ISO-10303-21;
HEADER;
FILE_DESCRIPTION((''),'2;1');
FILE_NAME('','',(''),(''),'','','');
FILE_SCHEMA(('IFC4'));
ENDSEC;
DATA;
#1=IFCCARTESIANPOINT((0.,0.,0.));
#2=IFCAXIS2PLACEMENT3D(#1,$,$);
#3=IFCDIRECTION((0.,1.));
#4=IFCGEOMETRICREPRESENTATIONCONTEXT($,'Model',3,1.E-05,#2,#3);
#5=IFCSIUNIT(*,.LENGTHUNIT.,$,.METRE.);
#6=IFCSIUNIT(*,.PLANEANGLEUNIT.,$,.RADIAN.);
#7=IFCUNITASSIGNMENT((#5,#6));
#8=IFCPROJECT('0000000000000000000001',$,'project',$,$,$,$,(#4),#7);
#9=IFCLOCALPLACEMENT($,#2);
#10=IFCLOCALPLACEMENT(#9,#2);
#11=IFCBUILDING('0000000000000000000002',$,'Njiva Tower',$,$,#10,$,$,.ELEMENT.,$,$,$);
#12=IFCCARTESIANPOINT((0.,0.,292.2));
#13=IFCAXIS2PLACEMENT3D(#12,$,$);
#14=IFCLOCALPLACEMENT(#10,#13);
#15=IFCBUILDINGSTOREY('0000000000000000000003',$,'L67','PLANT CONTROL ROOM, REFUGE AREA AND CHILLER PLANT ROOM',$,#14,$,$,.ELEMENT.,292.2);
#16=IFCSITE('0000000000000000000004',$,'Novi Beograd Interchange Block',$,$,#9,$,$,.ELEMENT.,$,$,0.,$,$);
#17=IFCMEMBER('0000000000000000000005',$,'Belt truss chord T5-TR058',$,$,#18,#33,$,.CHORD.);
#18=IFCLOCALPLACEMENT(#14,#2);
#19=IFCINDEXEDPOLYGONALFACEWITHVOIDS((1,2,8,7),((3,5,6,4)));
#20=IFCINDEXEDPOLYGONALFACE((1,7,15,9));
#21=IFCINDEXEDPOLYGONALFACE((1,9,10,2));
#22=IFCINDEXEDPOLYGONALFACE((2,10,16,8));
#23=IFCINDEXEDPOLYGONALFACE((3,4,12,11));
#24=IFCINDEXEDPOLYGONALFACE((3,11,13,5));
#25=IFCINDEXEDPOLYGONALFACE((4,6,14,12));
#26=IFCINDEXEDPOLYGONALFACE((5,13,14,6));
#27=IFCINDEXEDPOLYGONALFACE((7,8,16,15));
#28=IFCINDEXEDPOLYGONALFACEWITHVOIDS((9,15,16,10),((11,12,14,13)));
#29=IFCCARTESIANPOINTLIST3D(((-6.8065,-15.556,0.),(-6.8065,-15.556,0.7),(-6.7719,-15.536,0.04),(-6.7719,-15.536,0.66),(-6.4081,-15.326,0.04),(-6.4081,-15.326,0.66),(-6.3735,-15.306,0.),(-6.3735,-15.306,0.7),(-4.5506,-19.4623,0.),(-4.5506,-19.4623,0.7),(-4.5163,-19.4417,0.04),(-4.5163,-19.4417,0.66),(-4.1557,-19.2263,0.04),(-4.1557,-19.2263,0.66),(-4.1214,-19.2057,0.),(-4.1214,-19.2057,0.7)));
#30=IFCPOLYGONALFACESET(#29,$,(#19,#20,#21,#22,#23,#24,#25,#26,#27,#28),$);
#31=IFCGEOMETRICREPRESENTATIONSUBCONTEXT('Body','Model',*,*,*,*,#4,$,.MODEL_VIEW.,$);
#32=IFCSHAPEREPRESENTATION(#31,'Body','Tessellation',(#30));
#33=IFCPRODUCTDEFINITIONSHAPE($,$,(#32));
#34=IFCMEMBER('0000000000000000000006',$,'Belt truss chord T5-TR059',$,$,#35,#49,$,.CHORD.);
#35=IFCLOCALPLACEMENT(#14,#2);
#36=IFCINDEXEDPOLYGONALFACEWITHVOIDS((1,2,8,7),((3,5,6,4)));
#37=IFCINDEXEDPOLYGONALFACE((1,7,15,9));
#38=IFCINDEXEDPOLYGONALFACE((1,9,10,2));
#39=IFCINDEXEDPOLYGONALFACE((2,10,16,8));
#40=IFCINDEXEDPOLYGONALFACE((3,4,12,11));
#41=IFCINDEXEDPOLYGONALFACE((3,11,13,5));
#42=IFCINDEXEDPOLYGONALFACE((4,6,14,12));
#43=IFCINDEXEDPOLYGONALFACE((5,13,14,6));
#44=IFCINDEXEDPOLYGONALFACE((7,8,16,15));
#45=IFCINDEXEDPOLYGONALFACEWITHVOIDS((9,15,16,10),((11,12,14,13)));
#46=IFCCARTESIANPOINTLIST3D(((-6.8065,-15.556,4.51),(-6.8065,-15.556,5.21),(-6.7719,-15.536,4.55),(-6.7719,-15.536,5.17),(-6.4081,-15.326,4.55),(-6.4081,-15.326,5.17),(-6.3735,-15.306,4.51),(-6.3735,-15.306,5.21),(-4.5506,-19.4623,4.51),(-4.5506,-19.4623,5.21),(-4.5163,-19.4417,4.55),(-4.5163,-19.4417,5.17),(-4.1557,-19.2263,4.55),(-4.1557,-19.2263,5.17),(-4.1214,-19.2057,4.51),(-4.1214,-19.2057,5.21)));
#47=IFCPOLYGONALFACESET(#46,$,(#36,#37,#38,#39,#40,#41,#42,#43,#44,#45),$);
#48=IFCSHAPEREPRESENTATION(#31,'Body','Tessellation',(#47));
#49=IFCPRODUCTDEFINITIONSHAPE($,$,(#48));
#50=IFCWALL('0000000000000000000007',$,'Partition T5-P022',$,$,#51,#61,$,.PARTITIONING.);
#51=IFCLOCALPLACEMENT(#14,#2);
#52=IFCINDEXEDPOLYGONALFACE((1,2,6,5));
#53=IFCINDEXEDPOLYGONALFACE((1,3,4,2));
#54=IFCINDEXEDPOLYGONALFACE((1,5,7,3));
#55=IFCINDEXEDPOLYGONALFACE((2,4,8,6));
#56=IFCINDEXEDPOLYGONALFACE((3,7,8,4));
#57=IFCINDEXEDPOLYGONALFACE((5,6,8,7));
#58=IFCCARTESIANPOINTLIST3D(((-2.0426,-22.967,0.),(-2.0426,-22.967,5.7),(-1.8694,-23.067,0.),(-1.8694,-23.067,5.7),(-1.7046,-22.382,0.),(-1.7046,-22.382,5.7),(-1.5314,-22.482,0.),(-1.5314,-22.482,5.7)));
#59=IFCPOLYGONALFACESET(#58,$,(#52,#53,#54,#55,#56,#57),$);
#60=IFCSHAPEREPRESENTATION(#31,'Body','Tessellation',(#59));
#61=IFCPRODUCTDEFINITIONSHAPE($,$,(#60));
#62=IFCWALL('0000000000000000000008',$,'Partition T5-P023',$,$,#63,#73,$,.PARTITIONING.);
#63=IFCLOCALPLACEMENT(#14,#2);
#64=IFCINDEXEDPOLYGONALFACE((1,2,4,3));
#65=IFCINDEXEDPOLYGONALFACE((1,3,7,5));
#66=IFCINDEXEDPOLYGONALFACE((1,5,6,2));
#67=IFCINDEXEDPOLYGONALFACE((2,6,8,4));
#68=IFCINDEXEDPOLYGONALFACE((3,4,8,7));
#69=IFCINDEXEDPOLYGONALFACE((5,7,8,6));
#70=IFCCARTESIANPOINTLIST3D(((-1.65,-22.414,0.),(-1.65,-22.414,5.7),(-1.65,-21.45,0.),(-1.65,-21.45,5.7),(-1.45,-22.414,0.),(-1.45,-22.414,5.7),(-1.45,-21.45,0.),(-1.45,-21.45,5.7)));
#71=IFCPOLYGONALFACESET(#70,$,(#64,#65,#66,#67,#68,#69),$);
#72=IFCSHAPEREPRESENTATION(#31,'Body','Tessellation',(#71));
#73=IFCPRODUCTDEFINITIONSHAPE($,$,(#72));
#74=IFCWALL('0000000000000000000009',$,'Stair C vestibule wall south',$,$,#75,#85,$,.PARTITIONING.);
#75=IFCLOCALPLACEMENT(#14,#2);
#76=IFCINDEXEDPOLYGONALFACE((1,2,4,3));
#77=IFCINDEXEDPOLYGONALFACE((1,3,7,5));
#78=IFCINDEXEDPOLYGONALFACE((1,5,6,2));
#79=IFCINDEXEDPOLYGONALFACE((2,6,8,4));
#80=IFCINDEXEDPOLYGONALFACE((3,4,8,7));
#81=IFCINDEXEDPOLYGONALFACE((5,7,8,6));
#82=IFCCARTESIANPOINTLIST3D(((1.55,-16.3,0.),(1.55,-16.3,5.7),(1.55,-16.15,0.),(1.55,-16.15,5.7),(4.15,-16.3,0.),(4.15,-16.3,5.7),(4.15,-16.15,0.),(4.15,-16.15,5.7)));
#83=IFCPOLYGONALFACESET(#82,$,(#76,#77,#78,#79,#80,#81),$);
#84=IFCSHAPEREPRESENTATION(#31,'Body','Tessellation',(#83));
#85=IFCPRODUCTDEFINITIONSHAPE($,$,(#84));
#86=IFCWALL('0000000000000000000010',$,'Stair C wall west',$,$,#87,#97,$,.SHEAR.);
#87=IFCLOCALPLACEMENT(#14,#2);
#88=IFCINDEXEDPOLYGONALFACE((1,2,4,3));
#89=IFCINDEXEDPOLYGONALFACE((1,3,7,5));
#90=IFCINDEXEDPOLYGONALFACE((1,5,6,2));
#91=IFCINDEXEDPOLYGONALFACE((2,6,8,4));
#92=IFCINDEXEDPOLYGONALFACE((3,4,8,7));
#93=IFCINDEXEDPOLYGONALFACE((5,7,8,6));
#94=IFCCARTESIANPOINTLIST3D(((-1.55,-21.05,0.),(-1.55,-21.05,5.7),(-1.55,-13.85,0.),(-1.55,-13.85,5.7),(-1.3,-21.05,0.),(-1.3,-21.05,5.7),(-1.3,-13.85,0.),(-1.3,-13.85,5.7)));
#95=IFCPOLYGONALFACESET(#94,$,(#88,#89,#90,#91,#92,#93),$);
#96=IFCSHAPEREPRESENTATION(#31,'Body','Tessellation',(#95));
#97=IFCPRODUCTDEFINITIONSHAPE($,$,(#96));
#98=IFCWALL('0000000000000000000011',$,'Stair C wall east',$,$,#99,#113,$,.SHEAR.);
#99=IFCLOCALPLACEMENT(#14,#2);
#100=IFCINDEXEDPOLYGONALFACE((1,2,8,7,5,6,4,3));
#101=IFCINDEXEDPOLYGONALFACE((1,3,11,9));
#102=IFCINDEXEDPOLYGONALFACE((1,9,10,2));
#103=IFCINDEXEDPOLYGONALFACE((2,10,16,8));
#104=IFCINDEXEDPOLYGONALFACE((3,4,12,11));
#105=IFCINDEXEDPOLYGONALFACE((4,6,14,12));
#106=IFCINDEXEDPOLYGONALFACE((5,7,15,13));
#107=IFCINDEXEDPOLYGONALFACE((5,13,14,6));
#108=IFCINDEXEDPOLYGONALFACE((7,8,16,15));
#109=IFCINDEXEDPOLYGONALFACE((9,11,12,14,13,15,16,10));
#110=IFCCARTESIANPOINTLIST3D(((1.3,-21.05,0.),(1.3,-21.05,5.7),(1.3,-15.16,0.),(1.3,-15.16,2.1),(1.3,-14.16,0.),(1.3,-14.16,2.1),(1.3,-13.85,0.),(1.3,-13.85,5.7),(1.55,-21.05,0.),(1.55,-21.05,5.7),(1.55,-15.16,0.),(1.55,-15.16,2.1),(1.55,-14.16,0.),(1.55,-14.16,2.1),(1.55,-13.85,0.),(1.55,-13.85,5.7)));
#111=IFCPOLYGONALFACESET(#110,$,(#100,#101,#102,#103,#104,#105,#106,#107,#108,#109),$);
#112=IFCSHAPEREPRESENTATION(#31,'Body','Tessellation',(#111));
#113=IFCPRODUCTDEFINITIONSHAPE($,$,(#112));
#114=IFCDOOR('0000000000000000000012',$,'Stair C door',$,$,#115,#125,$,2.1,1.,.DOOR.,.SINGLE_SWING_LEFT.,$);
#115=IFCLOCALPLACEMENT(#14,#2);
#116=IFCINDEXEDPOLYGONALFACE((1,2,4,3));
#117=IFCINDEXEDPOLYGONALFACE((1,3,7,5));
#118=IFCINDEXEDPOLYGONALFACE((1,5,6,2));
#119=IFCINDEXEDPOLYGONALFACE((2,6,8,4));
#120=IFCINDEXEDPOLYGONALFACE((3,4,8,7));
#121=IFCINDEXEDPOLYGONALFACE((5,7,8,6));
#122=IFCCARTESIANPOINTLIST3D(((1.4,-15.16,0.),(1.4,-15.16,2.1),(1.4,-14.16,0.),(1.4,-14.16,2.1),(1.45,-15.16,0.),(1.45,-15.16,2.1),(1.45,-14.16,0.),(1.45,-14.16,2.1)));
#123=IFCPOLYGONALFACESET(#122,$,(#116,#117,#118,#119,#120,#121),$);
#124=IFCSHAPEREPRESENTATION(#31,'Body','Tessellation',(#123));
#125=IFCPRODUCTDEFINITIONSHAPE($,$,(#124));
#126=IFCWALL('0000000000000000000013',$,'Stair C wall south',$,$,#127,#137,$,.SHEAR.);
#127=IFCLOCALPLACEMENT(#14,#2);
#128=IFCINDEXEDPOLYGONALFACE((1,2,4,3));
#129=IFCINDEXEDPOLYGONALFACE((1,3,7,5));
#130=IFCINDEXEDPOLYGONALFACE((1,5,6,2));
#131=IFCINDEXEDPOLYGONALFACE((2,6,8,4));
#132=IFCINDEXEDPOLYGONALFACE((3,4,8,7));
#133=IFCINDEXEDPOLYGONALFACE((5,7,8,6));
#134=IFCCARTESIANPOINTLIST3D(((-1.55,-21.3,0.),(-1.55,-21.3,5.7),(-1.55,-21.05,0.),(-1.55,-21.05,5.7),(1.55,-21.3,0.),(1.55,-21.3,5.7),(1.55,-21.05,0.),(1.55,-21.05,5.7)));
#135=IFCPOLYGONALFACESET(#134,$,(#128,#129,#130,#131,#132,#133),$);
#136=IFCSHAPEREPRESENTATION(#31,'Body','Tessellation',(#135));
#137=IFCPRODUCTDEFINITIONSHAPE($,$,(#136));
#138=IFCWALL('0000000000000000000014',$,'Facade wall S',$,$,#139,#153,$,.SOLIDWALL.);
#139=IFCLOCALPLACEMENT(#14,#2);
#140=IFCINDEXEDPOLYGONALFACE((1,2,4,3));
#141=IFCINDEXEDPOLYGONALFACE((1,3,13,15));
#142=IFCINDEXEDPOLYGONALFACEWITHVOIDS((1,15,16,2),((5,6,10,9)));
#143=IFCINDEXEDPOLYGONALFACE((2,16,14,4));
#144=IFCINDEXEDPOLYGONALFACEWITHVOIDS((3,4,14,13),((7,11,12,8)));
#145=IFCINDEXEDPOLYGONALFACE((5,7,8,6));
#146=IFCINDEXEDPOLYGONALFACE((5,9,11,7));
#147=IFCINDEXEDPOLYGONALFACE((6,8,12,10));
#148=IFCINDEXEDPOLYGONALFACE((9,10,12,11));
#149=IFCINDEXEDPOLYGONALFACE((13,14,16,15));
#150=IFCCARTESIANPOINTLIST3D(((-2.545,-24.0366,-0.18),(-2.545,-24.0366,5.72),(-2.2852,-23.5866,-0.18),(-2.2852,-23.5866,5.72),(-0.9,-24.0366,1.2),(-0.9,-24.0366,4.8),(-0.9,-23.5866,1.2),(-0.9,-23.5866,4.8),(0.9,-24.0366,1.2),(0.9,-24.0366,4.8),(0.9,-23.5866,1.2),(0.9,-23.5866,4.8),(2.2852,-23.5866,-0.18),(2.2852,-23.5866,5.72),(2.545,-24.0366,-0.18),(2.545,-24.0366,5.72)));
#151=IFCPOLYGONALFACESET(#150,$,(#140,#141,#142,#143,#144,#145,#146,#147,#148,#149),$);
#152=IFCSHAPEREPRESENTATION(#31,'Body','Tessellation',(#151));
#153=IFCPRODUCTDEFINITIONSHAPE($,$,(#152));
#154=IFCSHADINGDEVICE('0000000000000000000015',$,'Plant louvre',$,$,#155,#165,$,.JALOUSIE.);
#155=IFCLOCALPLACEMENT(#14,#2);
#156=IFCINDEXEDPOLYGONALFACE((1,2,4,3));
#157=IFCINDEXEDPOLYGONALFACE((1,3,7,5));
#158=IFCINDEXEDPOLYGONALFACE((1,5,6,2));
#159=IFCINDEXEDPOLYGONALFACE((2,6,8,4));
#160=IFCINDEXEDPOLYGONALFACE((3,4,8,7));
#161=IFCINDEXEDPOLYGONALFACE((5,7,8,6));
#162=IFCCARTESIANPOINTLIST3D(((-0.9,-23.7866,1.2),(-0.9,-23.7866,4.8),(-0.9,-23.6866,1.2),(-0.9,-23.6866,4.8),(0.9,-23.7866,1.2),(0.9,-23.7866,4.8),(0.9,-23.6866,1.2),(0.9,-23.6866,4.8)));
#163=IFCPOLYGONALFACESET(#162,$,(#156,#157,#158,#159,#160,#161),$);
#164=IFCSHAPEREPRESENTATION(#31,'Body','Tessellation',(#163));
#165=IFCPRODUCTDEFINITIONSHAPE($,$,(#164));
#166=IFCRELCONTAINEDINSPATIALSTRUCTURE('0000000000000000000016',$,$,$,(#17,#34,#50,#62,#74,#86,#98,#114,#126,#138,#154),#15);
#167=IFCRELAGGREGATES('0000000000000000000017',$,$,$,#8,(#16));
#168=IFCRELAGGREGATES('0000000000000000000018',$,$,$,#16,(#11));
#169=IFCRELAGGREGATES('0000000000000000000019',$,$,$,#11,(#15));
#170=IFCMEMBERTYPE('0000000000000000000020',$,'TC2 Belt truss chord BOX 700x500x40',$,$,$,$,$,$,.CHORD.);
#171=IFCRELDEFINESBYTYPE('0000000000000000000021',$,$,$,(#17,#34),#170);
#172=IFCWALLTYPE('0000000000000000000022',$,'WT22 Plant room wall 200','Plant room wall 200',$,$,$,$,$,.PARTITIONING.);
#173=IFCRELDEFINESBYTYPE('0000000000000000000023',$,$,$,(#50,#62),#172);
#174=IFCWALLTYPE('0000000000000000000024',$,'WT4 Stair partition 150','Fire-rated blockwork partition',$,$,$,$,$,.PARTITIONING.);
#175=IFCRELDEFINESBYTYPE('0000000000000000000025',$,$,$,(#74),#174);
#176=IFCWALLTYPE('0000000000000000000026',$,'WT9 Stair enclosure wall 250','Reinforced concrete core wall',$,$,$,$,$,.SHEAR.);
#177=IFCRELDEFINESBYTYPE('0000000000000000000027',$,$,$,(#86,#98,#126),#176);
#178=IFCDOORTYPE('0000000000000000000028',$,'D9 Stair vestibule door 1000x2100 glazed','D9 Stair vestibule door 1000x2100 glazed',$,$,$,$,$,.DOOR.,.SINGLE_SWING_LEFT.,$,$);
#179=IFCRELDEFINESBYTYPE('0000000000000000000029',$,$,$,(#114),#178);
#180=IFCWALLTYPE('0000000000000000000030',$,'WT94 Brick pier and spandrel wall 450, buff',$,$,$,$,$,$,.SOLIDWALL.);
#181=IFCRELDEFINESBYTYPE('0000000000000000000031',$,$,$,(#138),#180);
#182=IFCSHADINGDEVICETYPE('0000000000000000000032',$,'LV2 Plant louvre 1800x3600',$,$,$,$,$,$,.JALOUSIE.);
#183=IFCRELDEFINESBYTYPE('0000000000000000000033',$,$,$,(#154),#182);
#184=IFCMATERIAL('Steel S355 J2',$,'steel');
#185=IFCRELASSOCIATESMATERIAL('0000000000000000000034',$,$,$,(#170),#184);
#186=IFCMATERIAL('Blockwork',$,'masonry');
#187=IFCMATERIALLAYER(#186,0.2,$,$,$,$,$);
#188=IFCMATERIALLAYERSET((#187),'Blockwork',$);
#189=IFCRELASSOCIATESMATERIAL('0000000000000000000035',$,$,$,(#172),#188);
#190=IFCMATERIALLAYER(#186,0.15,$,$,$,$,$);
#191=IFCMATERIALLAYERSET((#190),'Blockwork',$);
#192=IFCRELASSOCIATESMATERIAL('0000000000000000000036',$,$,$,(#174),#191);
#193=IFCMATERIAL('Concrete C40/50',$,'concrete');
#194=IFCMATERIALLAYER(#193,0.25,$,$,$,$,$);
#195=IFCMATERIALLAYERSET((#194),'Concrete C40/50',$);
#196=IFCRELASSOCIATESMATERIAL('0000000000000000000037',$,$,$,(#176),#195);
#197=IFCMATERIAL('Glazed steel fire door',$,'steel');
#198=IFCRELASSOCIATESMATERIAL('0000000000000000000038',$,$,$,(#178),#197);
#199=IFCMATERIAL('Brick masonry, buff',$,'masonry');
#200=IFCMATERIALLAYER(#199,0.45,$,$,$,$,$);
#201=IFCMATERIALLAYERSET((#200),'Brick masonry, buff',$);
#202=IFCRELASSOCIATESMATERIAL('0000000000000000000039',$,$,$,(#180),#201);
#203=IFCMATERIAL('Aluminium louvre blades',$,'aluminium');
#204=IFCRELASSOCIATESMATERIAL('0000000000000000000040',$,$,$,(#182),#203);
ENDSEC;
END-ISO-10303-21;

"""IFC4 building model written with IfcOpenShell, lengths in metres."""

from ifc_helpers import new_model, si_unit, direction, frame, frame_2d, origin, origin_2d, place, context, subcontext, project, spatial, polyline, rectangle, hollow_rectangle, outline, extrude, clip, halfspace, material, layer, layer_set, material_profile, profile_set, type_object, element, fill, save


model = new_model("IFC4")

# Units and contexts
model_context = context("Model", 3, precision=1e-05, world=origin(), true_north=direction((0.0, 1.0)))
body_context = subcontext(model_context, "Body", "Model", "MODEL_VIEW")
ifc_project = project(units=[si_unit("LENGTHUNIT", "METRE"), si_unit("PLANEANGLEUNIT", "RADIAN")], contexts=[model_context])

# Site, building, storey
site_placement = place(None, origin())
site = spatial("IfcSite", under=ifc_project, at=site_placement, Name="Novi Beograd Interchange Block", CompositionType="ELEMENT", RefElevation=0.0)
building_placement = place(site_placement, origin())
building = spatial("IfcBuilding", under=site, at=building_placement, Name="Njiva Tower", CompositionType="ELEMENT")
storey_placement = place(building_placement, frame((0.0, 0.0, 292.2)))
storey = spatial("IfcBuildingStorey", under=building, at=storey_placement, Name="L67", Description="PLANT CONTROL ROOM, REFUGE AREA AND CHILLER PLANT ROOM", CompositionType="ELEMENT", Elevation=292.2)

# Shared definitions
ifc_material_1 = material(Name="Steel S355 J2", Category="steel")

# Members
ifc_material_profile_1 = material_profile(ifc_material_1, hollow_rectangle(XDim=0.5, YDim=0.7, WallThickness=0.04, at=origin_2d()), Name="BOX 700x500x40")
ifc_profile_set_1 = profile_set([ifc_material_profile_1], Name="Steel S355 J2")
member_type_1 = type_object("IfcMemberType", Name="TC2 Belt truss chord BOX 700x500x40", PredefinedType="CHORD", material=ifc_profile_set_1)
member_1_placement = place(storey_placement, frame((-6.59, -15.431, 0.35), z_axis=(0.5001, -0.865968, 0.0), x_axis=(0.865968, 0.5001, 0.0)))
element("IfcMember", 1, at=member_1_placement, inside=storey, type_object=member_type_1, Name="Belt truss chord T5-TR058", PredefinedType="CHORD", context=body_context, shape_type="Clipping", body=[
    clip(extrude(hollow_rectangle(XDim=0.5, YDim=0.7, WallThickness=0.04, at=origin_2d()), origin(), (0.0, 0.0, 1.0), 4.5411), halfspace(frame((0.0, -292.55, 4.5071), z_axis=(0.014988, 0.0, 0.999888), x_axis=(0.0, 1.0, 0.0)), False)),
])
member_2_placement = place(storey_placement, frame((-6.59, -15.431, 4.86), z_axis=(0.5001, -0.865968, 0.0), x_axis=(0.865968, 0.5001, 0.0)))
element("IfcMember", 2, at=member_2_placement, inside=storey, type_object=member_type_1, Name="Belt truss chord T5-TR059", PredefinedType="CHORD", context=body_context, shape_type="Clipping", body=[
    clip(extrude(hollow_rectangle(XDim=0.5, YDim=0.7, WallThickness=0.04, at=origin_2d()), origin(), (0.0, 0.0, 1.0), 4.5411), halfspace(frame((0.0, -297.06, 4.5071), z_axis=(0.014988, 0.0, 0.999888), x_axis=(0.0, 1.0, 0.0)), False)),
])

# Walls
ifc_material_2 = material(Name="Blockwork", Category="masonry")
ifc_layer_1 = layer(ifc_material_2, 0.2)
ifc_layer_set_1 = layer_set([ifc_layer_1], Name="Blockwork")
wall_type_1 = type_object("IfcWallType", Name="WT22 Plant room wall 200", Description="Plant room wall 200", PredefinedType="PARTITIONING", material=ifc_layer_set_1)
wall_1_placement = place(storey_placement, frame((-1.956, -23.017, 0.0), z_axis=(0.0, 0.0, 1.0), x_axis=(0.500278, 0.865865, 0.0)))
element("IfcWall", 3, at=wall_1_placement, inside=storey, type_object=wall_type_1, Name="Partition T5-P022", PredefinedType="PARTITIONING", context=body_context, shape_type="SweptSolid", body=[
    extrude(rectangle(XDim=0.6756, YDim=0.2, at=frame_2d((0.3378, 0.0))), origin(), (0.0, 0.0, 1.0), 5.7),
])
wall_2_placement = place(storey_placement, frame((-1.55, -22.414, 0.0), z_axis=(0.0, 0.0, 1.0), x_axis=(0.0, 1.0, 0.0)))
element("IfcWall", 4, at=wall_2_placement, inside=storey, type_object=wall_type_1, Name="Partition T5-P023", PredefinedType="PARTITIONING", context=body_context, shape_type="SweptSolid", body=[
    extrude(rectangle(XDim=0.964, YDim=0.2, at=frame_2d((0.482, 0.0))), origin(), (0.0, 0.0, 1.0), 5.7),
])
ifc_layer_2 = layer(ifc_material_2, 0.15)
ifc_layer_set_2 = layer_set([ifc_layer_2], Name="Blockwork")
wall_type_2 = type_object("IfcWallType", Name="WT4 Stair partition 150", Description="Fire-rated blockwork partition", PredefinedType="PARTITIONING", material=ifc_layer_set_2)
wall_3_placement = place(storey_placement, frame((1.55, -16.225, 0.0), z_axis=(0.0, 0.0, 1.0), x_axis=(1.0, 0.0, 0.0)))
element("IfcWall", 5, at=wall_3_placement, inside=storey, type_object=wall_type_2, Name="Stair C vestibule wall south", PredefinedType="PARTITIONING", context=body_context, shape_type="SweptSolid", body=[
    extrude(rectangle(XDim=2.6, YDim=0.15, at=frame_2d((1.3, 0.0))), origin(), (0.0, 0.0, 1.0), 5.7),
])
ifc_material_3 = material(Name="Concrete C40/50", Category="concrete")
ifc_layer_3 = layer(ifc_material_3, 0.25)
ifc_layer_set_3 = layer_set([ifc_layer_3], Name="Concrete C40/50")
wall_type_3 = type_object("IfcWallType", Name="WT9 Stair enclosure wall 250", Description="Reinforced concrete core wall", PredefinedType="SHEAR", material=ifc_layer_set_3)
wall_4_placement = place(storey_placement, frame((-1.425, -21.05, 0.0), z_axis=(0.0, 0.0, 1.0), x_axis=(0.0, 1.0, 0.0)))
element("IfcWall", 6, at=wall_4_placement, inside=storey, type_object=wall_type_3, Name="Stair C wall west", PredefinedType="SHEAR", context=body_context, shape_type="SweptSolid", body=[
    extrude(rectangle(XDim=7.2, YDim=0.25, at=frame_2d((3.6, 0.0))), origin(), (0.0, 0.0, 1.0), 5.7),
])

# Wall, opening, door
wall_5_placement = place(storey_placement, frame((1.425, -21.05, 0.0), z_axis=(0.0, 0.0, 1.0), x_axis=(0.0, 1.0, 0.0)))
wall_5 = element("IfcWall", 7, at=wall_5_placement, inside=storey, type_object=wall_type_3, Name="Stair C wall east", PredefinedType="SHEAR", context=body_context, shape_type="SweptSolid", body=[
    extrude(rectangle(XDim=7.2, YDim=0.25, at=frame_2d((3.6, 0.0))), origin(), (0.0, 0.0, 1.0), 5.7),
])
opening_1_placement = place(wall_5_placement, frame((5.89, 0.0, 0.0)))
opening_1 = element("IfcOpeningElement", 8, at=opening_1_placement, cuts=wall_5, PredefinedType="OPENING", context=body_context, shape_type="SweptSolid", body=[
    extrude(rectangle(XDim=1.0, YDim=2.1, at=frame_2d((0.5, 1.05))), frame((0.0, 0.135, 0.0), z_axis=(0.0, -1.0, 0.0), x_axis=(1.0, 0.0, 0.0)), (0.0, 0.0, 1.0), 0.27),
])
ifc_material_4 = material(Name="Glazed steel fire door", Category="steel")
door_type = type_object("IfcDoorType", Name="D9 Stair vestibule door 1000x2100 glazed", Description="D9 Stair vestibule door 1000x2100 glazed", OperationType="SINGLE_SWING_LEFT", PredefinedType="DOOR", material=ifc_material_4)
door_placement = place(opening_1_placement, origin())
door = element("IfcDoor", 9, at=door_placement, inside=storey, type_object=door_type, Name="Stair C door", OperationType="SINGLE_SWING_LEFT", OverallHeight=2.1, OverallWidth=1.0, PredefinedType="DOOR", context=body_context, shape_type="SweptSolid", body=[
    extrude(rectangle(XDim=1.0, YDim=2.1, at=frame_2d((0.5, 1.05))), frame((0.0, 0.025, 0.0), z_axis=(0.0, -1.0, 0.0), x_axis=(1.0, 0.0, 0.0)), (0.0, 0.0, 1.0), 0.05),
])
fill(opening_1, door)

# Wall
wall_6_placement = place(storey_placement, frame((-1.55, -21.175, 0.0), z_axis=(0.0, 0.0, 1.0), x_axis=(1.0, 0.0, 0.0)))
element("IfcWall", 10, at=wall_6_placement, inside=storey, type_object=wall_type_3, Name="Stair C wall south", PredefinedType="SHEAR", context=body_context, shape_type="SweptSolid", body=[
    extrude(rectangle(XDim=3.1, YDim=0.25, at=frame_2d((1.55, 0.0))), origin(), (0.0, 0.0, 1.0), 5.7),
])

# Wall, opening, shading device
ifc_material_5 = material(Name="Brick masonry, buff", Category="masonry")
ifc_layer_4 = layer(ifc_material_5, 0.45)
ifc_layer_set_4 = layer_set([ifc_layer_4], Name="Brick masonry, buff")
wall_type_4 = type_object("IfcWallType", Name="WT94 Brick pier and spandrel wall 450, buff", PredefinedType="SOLIDWALL", material=ifc_layer_set_4)
wall_7_placement = place(storey_placement, frame((-2.4151, -23.8116, -0.18), z_axis=(0.0, 0.0, 1.0), x_axis=(1.0, 0.0, 0.0)))
wall_7 = element("IfcWall", 11, at=wall_7_placement, inside=storey, type_object=wall_type_4, Name="Facade wall S", PredefinedType="SOLIDWALL", context=body_context, shape_type="SweptSolid", body=[
    extrude(outline(polyline([(-0.1299, -0.225), (4.9601, -0.225), (4.7003, 0.225), (0.1299, 0.225), (-0.1299, -0.225)])), origin(), (0.0, 0.0, 1.0), 5.9),
])
opening_2_placement = place(wall_7_placement, frame((1.5151, 0.0, 1.38)))
opening_2 = element("IfcOpeningElement", 12, at=opening_2_placement, cuts=wall_7, PredefinedType="OPENING", context=body_context, shape_type="SweptSolid", body=[
    extrude(rectangle(XDim=1.8, YDim=3.6, at=frame_2d((0.9, 1.8))), frame((0.0, 0.235, 0.0), z_axis=(0.0, -1.0, 0.0), x_axis=(1.0, 0.0, 0.0)), (0.0, 0.0, 1.0), 0.47),
])
ifc_material_6 = material(Name="Aluminium louvre blades", Category="aluminium")
shading_device_type = type_object("IfcShadingDeviceType", Name="LV2 Plant louvre 1800x3600", PredefinedType="JALOUSIE", material=ifc_material_6)
shading_device_placement = place(opening_2_placement, origin())
shading_device = element("IfcShadingDevice", 13, at=shading_device_placement, inside=storey, type_object=shading_device_type, Name="Plant louvre", PredefinedType="JALOUSIE", context=body_context, shape_type="SweptSolid", body=[
    extrude(rectangle(XDim=1.8, YDim=3.6, at=frame_2d((0.9, 1.8))), frame((0.0, 0.125, 0.0), z_axis=(0.0, -1.0, 0.0), x_axis=(1.0, 0.0, 0.0)), (0.0, 0.0, 1.0), 0.1),
])
fill(opening_2, shading_device)

save(model, "model.ifc")
